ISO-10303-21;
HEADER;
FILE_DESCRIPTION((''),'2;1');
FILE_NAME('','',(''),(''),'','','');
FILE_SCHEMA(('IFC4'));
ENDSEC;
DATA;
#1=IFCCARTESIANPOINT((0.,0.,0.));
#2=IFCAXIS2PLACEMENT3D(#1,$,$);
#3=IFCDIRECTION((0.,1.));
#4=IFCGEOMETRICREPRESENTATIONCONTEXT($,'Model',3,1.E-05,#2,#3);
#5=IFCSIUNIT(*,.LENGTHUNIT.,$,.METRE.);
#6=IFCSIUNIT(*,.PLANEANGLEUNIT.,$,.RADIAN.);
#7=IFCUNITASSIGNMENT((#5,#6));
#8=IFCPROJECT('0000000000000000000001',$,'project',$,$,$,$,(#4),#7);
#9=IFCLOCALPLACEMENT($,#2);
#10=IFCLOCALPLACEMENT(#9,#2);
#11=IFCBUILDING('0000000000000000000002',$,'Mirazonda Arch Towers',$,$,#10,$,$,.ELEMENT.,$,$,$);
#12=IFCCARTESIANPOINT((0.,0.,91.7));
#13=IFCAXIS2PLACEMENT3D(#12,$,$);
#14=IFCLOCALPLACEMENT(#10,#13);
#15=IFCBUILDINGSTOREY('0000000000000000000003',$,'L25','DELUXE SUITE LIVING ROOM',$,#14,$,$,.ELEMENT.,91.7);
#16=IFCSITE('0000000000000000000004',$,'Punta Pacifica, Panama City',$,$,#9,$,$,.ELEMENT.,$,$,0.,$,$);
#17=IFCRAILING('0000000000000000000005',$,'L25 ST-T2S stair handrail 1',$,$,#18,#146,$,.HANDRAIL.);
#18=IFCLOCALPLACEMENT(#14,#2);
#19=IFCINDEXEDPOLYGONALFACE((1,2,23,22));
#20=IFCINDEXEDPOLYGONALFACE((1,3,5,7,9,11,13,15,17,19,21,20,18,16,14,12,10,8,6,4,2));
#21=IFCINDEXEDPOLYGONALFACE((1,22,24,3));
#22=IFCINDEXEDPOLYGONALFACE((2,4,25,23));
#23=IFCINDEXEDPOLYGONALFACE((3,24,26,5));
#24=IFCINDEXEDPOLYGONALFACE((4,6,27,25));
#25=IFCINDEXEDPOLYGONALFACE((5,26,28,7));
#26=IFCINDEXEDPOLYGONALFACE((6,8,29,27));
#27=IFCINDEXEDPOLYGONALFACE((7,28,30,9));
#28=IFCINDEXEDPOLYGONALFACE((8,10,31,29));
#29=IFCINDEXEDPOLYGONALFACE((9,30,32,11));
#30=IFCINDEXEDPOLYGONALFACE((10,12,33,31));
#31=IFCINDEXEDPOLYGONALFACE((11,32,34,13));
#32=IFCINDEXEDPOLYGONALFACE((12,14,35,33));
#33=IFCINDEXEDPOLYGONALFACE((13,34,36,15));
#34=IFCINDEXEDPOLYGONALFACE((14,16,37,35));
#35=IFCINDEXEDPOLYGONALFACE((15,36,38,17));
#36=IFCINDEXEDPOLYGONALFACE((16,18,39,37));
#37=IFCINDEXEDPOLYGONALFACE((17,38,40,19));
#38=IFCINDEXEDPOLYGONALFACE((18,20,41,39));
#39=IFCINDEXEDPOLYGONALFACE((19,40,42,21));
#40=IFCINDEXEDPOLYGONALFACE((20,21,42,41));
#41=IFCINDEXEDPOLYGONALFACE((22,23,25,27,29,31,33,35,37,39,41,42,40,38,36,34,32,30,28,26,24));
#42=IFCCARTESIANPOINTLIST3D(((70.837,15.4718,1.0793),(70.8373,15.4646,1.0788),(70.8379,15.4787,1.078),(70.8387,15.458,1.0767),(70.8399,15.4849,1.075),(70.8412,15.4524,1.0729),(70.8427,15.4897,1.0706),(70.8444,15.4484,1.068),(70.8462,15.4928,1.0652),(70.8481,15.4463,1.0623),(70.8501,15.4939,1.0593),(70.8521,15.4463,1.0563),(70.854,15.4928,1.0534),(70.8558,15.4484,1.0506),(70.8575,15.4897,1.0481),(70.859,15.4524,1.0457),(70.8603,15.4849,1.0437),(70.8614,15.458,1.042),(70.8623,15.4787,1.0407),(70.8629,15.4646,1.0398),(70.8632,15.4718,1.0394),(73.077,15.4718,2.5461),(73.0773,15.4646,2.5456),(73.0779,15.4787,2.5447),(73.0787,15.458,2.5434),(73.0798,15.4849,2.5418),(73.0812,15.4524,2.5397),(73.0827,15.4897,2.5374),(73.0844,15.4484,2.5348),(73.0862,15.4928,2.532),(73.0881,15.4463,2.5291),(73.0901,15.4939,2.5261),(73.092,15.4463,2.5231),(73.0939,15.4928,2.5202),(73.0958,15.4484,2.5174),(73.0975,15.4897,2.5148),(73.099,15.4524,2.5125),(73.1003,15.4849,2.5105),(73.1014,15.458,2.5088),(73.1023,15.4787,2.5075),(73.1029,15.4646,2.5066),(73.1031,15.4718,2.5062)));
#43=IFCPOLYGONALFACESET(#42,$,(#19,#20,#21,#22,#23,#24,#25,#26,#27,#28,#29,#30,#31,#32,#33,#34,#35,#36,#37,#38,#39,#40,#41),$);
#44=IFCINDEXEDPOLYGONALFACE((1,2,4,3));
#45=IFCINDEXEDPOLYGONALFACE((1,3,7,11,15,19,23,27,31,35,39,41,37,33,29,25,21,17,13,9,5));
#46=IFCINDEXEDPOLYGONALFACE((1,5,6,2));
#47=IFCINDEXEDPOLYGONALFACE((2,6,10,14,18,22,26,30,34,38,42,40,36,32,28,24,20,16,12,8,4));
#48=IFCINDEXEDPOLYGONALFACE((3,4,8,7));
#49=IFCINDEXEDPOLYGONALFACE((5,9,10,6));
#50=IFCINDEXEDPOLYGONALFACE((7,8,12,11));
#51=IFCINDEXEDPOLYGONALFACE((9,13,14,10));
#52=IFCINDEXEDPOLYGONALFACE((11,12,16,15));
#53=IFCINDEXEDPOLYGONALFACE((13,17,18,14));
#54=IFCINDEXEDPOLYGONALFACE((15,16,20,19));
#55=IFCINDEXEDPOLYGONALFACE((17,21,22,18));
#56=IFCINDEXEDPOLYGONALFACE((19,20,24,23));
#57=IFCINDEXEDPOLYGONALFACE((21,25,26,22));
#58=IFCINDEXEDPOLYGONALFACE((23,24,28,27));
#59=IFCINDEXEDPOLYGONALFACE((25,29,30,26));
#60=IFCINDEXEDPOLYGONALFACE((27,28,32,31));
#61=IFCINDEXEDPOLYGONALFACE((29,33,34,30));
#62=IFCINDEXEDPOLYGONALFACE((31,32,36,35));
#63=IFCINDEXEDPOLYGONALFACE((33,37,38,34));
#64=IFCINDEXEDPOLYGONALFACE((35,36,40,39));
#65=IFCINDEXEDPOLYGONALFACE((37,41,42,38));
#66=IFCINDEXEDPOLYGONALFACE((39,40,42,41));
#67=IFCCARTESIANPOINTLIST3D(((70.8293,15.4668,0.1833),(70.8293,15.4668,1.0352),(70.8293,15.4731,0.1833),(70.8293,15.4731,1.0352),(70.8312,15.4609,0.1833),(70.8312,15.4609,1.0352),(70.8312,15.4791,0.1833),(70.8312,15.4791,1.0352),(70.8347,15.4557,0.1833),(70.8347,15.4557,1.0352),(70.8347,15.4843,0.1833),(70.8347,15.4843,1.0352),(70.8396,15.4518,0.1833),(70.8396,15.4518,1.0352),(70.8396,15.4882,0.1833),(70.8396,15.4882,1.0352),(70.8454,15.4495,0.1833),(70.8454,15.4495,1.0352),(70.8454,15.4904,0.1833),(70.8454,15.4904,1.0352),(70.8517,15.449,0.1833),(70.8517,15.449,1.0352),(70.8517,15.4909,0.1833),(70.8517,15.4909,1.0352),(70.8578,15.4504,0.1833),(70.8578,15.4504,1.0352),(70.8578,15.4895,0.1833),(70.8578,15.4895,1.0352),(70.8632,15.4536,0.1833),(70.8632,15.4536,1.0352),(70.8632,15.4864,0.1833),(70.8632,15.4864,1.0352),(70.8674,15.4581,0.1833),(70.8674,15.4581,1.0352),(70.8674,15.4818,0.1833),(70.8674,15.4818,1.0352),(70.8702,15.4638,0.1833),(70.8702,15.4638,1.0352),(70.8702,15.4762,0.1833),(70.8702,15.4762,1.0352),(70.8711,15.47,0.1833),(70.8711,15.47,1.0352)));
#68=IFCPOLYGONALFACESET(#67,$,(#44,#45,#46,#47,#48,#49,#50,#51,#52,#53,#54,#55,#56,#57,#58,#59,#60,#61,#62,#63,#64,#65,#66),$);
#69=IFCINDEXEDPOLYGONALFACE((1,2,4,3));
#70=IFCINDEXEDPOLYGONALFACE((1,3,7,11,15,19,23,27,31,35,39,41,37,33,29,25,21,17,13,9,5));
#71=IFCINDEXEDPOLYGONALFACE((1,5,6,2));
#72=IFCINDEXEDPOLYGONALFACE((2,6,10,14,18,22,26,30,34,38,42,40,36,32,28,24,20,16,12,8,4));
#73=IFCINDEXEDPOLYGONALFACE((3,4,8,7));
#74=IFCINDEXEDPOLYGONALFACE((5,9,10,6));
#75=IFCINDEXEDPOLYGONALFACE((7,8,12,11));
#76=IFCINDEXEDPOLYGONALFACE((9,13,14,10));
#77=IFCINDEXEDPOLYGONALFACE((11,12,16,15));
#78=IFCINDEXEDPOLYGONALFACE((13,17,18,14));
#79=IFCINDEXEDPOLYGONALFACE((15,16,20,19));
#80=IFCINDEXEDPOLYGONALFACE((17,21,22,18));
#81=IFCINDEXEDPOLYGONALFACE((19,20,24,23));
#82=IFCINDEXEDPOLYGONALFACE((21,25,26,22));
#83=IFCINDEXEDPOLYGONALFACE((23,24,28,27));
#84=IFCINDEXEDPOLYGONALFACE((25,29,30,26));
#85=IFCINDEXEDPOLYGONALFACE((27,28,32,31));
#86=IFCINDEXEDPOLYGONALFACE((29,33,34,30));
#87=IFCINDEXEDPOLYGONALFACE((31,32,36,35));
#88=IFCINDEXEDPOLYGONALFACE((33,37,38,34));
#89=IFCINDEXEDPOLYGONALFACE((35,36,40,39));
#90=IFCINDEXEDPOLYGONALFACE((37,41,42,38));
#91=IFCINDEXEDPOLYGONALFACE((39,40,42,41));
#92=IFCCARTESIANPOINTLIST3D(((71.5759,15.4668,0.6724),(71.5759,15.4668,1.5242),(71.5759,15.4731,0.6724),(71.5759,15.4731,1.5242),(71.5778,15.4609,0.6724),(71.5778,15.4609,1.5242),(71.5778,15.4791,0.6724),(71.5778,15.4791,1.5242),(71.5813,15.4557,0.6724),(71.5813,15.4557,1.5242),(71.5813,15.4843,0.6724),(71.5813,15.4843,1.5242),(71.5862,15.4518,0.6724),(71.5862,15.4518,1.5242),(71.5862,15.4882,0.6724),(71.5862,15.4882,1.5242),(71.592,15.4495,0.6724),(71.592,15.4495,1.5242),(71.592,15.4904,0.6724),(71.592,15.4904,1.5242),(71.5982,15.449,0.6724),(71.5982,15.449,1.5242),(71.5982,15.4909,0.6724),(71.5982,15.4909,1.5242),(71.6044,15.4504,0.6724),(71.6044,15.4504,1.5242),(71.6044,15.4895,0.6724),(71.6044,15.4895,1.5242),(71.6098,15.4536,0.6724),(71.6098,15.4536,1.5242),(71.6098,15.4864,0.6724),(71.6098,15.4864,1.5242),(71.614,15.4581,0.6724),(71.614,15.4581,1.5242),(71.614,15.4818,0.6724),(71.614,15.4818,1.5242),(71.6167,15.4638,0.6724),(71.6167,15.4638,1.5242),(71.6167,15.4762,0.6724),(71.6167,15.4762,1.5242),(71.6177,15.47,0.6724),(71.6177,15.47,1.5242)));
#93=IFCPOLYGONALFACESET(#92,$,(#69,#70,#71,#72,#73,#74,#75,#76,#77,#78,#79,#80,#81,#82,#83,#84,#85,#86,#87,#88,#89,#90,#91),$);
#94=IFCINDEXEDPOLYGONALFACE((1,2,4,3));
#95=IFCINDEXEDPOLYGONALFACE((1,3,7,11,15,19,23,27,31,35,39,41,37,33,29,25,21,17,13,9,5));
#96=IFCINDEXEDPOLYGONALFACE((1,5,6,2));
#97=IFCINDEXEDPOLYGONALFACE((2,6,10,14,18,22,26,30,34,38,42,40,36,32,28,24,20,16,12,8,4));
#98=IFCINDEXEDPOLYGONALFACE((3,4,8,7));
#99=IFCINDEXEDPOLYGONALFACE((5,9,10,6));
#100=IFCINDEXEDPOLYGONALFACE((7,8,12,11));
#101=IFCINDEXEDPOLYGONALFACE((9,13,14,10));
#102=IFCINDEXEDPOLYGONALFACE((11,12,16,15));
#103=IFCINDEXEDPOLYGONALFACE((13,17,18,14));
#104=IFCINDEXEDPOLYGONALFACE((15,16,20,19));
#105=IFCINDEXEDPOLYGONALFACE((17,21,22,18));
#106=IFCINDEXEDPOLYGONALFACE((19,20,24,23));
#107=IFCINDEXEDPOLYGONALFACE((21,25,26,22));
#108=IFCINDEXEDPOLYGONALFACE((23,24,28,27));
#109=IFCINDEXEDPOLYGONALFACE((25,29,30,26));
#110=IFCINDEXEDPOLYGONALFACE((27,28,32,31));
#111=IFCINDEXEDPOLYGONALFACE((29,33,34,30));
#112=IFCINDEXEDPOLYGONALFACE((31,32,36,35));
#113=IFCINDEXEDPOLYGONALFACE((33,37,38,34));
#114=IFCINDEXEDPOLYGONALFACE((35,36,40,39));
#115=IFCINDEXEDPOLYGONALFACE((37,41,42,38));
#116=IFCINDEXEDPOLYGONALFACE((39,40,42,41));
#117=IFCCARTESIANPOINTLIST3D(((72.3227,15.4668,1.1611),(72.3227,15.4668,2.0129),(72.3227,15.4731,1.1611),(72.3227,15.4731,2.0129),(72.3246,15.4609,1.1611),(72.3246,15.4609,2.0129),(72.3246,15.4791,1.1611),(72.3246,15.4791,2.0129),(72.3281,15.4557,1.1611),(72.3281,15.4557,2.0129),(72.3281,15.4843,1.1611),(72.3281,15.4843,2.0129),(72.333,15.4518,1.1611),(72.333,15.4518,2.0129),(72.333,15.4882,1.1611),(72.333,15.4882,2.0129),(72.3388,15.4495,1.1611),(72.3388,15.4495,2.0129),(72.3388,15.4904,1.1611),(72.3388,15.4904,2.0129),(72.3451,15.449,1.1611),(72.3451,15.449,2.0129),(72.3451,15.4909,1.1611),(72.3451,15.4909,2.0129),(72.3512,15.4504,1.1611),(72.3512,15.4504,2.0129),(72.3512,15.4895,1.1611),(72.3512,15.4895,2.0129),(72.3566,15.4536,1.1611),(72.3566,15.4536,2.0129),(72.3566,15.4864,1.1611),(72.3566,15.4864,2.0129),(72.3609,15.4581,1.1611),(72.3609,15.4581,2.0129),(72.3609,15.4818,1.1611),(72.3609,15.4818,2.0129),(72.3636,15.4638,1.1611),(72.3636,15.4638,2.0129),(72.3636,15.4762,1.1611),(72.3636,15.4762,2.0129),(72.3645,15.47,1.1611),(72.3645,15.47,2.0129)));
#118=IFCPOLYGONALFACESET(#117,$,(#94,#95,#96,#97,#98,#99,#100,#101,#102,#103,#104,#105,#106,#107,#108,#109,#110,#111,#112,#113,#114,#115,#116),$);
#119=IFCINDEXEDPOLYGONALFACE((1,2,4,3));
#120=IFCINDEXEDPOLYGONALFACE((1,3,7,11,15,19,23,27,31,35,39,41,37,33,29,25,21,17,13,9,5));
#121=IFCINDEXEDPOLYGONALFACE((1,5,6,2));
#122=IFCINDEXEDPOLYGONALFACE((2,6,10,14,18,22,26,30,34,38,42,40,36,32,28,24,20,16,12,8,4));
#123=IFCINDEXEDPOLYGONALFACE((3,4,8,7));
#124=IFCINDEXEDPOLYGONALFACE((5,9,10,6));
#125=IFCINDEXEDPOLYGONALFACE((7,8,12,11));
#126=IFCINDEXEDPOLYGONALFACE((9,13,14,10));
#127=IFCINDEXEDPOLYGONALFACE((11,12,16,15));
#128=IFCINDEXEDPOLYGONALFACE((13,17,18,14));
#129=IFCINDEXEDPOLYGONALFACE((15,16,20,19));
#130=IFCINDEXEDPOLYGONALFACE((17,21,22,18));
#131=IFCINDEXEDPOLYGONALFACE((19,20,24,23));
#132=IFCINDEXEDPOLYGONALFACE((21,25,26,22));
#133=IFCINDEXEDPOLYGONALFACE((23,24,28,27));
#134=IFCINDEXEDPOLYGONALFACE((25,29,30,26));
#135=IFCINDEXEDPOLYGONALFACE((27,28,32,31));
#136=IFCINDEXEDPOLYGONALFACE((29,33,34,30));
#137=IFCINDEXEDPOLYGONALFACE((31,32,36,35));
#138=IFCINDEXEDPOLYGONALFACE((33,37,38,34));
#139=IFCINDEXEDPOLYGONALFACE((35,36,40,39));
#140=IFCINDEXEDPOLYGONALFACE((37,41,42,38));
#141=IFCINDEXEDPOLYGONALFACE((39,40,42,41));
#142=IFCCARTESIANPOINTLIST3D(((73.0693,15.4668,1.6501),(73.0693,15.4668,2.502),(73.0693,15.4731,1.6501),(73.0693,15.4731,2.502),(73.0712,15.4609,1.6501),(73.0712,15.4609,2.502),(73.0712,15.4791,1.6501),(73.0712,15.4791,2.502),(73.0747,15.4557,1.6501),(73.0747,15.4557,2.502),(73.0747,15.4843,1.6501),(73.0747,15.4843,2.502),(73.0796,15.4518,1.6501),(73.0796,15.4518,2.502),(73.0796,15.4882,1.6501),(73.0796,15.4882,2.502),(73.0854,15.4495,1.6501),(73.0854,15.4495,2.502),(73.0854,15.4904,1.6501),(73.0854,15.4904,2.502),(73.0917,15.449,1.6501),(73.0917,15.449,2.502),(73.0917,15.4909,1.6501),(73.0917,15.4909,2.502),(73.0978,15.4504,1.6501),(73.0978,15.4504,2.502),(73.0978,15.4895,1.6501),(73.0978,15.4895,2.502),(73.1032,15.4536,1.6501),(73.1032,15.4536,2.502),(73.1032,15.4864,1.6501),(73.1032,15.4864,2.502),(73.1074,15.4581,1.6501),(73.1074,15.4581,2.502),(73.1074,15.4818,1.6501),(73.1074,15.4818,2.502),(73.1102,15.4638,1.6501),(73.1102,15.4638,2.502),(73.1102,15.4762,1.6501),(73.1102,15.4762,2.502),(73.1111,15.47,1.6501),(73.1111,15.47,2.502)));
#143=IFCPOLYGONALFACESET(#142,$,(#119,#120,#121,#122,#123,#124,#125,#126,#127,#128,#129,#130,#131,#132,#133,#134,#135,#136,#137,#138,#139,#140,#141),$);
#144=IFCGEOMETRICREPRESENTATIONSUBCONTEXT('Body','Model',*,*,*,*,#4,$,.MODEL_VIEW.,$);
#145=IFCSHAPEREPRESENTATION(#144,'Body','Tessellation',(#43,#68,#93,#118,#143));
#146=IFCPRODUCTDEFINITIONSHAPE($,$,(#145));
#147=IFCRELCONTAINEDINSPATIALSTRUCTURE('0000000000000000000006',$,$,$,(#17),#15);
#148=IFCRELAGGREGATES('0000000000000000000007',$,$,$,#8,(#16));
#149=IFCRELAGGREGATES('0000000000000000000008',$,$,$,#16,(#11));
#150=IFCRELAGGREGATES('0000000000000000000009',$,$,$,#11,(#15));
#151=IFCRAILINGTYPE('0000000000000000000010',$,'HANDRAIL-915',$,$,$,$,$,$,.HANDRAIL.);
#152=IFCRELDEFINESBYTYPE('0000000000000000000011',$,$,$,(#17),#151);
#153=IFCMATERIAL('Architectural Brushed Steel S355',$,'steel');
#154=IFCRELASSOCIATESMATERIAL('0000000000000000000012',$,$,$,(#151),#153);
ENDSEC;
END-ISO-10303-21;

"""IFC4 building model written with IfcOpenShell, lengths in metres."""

from ifc_helpers import new_model, si_unit, direction, frame, origin, origin_2d, place, context, subcontext, project, spatial, circle, extrude, material, type_object, element, save


model = new_model("IFC4")

# Units and contexts
model_context = context("Model", 3, precision=1e-05, world=origin(), true_north=direction((0.0, 1.0)))
body_context = subcontext(model_context, "Body", "Model", "MODEL_VIEW")
ifc_project = project(units=[si_unit("LENGTHUNIT", "METRE"), si_unit("PLANEANGLEUNIT", "RADIAN")], contexts=[model_context])

# Site, building, storey
site_placement = place(None, origin())
site = spatial("IfcSite", under=ifc_project, at=site_placement, Name="Punta Pacifica, Panama City", CompositionType="ELEMENT", RefElevation=0.0)
building_placement = place(site_placement, origin())
building = spatial("IfcBuilding", under=site, at=building_placement, Name="Mirazonda Arch Towers", CompositionType="ELEMENT")
storey_placement = place(building_placement, frame((0.0, 0.0, 91.7)))
storey = spatial("IfcBuildingStorey", under=building, at=storey_placement, Name="L25", Description="DELUXE SUITE LIVING ROOM", CompositionType="ELEMENT", Elevation=91.7)

# Shared definitions
ifc_material_1 = material(Name="Architectural Brushed Steel S355", Category="steel")

# Railing
railing_type_1 = type_object("IfcRailingType", Name="HANDRAIL-915", PredefinedType="HANDRAIL", material=ifc_material_1)
railing_1_placement = place(storey_placement, frame((70.8501, 15.47, 0.1833)))
element("IfcRailing", 1, at=railing_1_placement, inside=storey, type_object=railing_type_1, Name="L25 ST-T2S stair handrail 1", PredefinedType="HANDRAIL", context=body_context, shape_type="SweptSolid", body=[
    extrude(circle(Radius=0.0239, at=origin_2d()), frame((0.0, 0.0, 0.876), z_axis=(0.836595, 0.0, 0.547822), x_axis=(0.0, 1.0, 0.0)), (0.0, 0.0, 1.0), 2.6775),
    extrude(circle(Radius=0.021, at=origin_2d()), origin(), (0.0, 0.0, 1.0), 0.8518),
    extrude(circle(Radius=0.021, at=origin_2d()), frame((0.7466, 0.0, 0.489)), (0.0, 0.0, 1.0), 0.8518),
    extrude(circle(Radius=0.021, at=origin_2d()), frame((1.4934, 0.0, 0.9778)), (0.0, 0.0, 1.0), 0.8518),
    extrude(circle(Radius=0.021, at=origin_2d()), frame((2.24, 0.0, 1.4668)), (0.0, 0.0, 1.0), 0.8518),
])

save(model, "model.ifc")
